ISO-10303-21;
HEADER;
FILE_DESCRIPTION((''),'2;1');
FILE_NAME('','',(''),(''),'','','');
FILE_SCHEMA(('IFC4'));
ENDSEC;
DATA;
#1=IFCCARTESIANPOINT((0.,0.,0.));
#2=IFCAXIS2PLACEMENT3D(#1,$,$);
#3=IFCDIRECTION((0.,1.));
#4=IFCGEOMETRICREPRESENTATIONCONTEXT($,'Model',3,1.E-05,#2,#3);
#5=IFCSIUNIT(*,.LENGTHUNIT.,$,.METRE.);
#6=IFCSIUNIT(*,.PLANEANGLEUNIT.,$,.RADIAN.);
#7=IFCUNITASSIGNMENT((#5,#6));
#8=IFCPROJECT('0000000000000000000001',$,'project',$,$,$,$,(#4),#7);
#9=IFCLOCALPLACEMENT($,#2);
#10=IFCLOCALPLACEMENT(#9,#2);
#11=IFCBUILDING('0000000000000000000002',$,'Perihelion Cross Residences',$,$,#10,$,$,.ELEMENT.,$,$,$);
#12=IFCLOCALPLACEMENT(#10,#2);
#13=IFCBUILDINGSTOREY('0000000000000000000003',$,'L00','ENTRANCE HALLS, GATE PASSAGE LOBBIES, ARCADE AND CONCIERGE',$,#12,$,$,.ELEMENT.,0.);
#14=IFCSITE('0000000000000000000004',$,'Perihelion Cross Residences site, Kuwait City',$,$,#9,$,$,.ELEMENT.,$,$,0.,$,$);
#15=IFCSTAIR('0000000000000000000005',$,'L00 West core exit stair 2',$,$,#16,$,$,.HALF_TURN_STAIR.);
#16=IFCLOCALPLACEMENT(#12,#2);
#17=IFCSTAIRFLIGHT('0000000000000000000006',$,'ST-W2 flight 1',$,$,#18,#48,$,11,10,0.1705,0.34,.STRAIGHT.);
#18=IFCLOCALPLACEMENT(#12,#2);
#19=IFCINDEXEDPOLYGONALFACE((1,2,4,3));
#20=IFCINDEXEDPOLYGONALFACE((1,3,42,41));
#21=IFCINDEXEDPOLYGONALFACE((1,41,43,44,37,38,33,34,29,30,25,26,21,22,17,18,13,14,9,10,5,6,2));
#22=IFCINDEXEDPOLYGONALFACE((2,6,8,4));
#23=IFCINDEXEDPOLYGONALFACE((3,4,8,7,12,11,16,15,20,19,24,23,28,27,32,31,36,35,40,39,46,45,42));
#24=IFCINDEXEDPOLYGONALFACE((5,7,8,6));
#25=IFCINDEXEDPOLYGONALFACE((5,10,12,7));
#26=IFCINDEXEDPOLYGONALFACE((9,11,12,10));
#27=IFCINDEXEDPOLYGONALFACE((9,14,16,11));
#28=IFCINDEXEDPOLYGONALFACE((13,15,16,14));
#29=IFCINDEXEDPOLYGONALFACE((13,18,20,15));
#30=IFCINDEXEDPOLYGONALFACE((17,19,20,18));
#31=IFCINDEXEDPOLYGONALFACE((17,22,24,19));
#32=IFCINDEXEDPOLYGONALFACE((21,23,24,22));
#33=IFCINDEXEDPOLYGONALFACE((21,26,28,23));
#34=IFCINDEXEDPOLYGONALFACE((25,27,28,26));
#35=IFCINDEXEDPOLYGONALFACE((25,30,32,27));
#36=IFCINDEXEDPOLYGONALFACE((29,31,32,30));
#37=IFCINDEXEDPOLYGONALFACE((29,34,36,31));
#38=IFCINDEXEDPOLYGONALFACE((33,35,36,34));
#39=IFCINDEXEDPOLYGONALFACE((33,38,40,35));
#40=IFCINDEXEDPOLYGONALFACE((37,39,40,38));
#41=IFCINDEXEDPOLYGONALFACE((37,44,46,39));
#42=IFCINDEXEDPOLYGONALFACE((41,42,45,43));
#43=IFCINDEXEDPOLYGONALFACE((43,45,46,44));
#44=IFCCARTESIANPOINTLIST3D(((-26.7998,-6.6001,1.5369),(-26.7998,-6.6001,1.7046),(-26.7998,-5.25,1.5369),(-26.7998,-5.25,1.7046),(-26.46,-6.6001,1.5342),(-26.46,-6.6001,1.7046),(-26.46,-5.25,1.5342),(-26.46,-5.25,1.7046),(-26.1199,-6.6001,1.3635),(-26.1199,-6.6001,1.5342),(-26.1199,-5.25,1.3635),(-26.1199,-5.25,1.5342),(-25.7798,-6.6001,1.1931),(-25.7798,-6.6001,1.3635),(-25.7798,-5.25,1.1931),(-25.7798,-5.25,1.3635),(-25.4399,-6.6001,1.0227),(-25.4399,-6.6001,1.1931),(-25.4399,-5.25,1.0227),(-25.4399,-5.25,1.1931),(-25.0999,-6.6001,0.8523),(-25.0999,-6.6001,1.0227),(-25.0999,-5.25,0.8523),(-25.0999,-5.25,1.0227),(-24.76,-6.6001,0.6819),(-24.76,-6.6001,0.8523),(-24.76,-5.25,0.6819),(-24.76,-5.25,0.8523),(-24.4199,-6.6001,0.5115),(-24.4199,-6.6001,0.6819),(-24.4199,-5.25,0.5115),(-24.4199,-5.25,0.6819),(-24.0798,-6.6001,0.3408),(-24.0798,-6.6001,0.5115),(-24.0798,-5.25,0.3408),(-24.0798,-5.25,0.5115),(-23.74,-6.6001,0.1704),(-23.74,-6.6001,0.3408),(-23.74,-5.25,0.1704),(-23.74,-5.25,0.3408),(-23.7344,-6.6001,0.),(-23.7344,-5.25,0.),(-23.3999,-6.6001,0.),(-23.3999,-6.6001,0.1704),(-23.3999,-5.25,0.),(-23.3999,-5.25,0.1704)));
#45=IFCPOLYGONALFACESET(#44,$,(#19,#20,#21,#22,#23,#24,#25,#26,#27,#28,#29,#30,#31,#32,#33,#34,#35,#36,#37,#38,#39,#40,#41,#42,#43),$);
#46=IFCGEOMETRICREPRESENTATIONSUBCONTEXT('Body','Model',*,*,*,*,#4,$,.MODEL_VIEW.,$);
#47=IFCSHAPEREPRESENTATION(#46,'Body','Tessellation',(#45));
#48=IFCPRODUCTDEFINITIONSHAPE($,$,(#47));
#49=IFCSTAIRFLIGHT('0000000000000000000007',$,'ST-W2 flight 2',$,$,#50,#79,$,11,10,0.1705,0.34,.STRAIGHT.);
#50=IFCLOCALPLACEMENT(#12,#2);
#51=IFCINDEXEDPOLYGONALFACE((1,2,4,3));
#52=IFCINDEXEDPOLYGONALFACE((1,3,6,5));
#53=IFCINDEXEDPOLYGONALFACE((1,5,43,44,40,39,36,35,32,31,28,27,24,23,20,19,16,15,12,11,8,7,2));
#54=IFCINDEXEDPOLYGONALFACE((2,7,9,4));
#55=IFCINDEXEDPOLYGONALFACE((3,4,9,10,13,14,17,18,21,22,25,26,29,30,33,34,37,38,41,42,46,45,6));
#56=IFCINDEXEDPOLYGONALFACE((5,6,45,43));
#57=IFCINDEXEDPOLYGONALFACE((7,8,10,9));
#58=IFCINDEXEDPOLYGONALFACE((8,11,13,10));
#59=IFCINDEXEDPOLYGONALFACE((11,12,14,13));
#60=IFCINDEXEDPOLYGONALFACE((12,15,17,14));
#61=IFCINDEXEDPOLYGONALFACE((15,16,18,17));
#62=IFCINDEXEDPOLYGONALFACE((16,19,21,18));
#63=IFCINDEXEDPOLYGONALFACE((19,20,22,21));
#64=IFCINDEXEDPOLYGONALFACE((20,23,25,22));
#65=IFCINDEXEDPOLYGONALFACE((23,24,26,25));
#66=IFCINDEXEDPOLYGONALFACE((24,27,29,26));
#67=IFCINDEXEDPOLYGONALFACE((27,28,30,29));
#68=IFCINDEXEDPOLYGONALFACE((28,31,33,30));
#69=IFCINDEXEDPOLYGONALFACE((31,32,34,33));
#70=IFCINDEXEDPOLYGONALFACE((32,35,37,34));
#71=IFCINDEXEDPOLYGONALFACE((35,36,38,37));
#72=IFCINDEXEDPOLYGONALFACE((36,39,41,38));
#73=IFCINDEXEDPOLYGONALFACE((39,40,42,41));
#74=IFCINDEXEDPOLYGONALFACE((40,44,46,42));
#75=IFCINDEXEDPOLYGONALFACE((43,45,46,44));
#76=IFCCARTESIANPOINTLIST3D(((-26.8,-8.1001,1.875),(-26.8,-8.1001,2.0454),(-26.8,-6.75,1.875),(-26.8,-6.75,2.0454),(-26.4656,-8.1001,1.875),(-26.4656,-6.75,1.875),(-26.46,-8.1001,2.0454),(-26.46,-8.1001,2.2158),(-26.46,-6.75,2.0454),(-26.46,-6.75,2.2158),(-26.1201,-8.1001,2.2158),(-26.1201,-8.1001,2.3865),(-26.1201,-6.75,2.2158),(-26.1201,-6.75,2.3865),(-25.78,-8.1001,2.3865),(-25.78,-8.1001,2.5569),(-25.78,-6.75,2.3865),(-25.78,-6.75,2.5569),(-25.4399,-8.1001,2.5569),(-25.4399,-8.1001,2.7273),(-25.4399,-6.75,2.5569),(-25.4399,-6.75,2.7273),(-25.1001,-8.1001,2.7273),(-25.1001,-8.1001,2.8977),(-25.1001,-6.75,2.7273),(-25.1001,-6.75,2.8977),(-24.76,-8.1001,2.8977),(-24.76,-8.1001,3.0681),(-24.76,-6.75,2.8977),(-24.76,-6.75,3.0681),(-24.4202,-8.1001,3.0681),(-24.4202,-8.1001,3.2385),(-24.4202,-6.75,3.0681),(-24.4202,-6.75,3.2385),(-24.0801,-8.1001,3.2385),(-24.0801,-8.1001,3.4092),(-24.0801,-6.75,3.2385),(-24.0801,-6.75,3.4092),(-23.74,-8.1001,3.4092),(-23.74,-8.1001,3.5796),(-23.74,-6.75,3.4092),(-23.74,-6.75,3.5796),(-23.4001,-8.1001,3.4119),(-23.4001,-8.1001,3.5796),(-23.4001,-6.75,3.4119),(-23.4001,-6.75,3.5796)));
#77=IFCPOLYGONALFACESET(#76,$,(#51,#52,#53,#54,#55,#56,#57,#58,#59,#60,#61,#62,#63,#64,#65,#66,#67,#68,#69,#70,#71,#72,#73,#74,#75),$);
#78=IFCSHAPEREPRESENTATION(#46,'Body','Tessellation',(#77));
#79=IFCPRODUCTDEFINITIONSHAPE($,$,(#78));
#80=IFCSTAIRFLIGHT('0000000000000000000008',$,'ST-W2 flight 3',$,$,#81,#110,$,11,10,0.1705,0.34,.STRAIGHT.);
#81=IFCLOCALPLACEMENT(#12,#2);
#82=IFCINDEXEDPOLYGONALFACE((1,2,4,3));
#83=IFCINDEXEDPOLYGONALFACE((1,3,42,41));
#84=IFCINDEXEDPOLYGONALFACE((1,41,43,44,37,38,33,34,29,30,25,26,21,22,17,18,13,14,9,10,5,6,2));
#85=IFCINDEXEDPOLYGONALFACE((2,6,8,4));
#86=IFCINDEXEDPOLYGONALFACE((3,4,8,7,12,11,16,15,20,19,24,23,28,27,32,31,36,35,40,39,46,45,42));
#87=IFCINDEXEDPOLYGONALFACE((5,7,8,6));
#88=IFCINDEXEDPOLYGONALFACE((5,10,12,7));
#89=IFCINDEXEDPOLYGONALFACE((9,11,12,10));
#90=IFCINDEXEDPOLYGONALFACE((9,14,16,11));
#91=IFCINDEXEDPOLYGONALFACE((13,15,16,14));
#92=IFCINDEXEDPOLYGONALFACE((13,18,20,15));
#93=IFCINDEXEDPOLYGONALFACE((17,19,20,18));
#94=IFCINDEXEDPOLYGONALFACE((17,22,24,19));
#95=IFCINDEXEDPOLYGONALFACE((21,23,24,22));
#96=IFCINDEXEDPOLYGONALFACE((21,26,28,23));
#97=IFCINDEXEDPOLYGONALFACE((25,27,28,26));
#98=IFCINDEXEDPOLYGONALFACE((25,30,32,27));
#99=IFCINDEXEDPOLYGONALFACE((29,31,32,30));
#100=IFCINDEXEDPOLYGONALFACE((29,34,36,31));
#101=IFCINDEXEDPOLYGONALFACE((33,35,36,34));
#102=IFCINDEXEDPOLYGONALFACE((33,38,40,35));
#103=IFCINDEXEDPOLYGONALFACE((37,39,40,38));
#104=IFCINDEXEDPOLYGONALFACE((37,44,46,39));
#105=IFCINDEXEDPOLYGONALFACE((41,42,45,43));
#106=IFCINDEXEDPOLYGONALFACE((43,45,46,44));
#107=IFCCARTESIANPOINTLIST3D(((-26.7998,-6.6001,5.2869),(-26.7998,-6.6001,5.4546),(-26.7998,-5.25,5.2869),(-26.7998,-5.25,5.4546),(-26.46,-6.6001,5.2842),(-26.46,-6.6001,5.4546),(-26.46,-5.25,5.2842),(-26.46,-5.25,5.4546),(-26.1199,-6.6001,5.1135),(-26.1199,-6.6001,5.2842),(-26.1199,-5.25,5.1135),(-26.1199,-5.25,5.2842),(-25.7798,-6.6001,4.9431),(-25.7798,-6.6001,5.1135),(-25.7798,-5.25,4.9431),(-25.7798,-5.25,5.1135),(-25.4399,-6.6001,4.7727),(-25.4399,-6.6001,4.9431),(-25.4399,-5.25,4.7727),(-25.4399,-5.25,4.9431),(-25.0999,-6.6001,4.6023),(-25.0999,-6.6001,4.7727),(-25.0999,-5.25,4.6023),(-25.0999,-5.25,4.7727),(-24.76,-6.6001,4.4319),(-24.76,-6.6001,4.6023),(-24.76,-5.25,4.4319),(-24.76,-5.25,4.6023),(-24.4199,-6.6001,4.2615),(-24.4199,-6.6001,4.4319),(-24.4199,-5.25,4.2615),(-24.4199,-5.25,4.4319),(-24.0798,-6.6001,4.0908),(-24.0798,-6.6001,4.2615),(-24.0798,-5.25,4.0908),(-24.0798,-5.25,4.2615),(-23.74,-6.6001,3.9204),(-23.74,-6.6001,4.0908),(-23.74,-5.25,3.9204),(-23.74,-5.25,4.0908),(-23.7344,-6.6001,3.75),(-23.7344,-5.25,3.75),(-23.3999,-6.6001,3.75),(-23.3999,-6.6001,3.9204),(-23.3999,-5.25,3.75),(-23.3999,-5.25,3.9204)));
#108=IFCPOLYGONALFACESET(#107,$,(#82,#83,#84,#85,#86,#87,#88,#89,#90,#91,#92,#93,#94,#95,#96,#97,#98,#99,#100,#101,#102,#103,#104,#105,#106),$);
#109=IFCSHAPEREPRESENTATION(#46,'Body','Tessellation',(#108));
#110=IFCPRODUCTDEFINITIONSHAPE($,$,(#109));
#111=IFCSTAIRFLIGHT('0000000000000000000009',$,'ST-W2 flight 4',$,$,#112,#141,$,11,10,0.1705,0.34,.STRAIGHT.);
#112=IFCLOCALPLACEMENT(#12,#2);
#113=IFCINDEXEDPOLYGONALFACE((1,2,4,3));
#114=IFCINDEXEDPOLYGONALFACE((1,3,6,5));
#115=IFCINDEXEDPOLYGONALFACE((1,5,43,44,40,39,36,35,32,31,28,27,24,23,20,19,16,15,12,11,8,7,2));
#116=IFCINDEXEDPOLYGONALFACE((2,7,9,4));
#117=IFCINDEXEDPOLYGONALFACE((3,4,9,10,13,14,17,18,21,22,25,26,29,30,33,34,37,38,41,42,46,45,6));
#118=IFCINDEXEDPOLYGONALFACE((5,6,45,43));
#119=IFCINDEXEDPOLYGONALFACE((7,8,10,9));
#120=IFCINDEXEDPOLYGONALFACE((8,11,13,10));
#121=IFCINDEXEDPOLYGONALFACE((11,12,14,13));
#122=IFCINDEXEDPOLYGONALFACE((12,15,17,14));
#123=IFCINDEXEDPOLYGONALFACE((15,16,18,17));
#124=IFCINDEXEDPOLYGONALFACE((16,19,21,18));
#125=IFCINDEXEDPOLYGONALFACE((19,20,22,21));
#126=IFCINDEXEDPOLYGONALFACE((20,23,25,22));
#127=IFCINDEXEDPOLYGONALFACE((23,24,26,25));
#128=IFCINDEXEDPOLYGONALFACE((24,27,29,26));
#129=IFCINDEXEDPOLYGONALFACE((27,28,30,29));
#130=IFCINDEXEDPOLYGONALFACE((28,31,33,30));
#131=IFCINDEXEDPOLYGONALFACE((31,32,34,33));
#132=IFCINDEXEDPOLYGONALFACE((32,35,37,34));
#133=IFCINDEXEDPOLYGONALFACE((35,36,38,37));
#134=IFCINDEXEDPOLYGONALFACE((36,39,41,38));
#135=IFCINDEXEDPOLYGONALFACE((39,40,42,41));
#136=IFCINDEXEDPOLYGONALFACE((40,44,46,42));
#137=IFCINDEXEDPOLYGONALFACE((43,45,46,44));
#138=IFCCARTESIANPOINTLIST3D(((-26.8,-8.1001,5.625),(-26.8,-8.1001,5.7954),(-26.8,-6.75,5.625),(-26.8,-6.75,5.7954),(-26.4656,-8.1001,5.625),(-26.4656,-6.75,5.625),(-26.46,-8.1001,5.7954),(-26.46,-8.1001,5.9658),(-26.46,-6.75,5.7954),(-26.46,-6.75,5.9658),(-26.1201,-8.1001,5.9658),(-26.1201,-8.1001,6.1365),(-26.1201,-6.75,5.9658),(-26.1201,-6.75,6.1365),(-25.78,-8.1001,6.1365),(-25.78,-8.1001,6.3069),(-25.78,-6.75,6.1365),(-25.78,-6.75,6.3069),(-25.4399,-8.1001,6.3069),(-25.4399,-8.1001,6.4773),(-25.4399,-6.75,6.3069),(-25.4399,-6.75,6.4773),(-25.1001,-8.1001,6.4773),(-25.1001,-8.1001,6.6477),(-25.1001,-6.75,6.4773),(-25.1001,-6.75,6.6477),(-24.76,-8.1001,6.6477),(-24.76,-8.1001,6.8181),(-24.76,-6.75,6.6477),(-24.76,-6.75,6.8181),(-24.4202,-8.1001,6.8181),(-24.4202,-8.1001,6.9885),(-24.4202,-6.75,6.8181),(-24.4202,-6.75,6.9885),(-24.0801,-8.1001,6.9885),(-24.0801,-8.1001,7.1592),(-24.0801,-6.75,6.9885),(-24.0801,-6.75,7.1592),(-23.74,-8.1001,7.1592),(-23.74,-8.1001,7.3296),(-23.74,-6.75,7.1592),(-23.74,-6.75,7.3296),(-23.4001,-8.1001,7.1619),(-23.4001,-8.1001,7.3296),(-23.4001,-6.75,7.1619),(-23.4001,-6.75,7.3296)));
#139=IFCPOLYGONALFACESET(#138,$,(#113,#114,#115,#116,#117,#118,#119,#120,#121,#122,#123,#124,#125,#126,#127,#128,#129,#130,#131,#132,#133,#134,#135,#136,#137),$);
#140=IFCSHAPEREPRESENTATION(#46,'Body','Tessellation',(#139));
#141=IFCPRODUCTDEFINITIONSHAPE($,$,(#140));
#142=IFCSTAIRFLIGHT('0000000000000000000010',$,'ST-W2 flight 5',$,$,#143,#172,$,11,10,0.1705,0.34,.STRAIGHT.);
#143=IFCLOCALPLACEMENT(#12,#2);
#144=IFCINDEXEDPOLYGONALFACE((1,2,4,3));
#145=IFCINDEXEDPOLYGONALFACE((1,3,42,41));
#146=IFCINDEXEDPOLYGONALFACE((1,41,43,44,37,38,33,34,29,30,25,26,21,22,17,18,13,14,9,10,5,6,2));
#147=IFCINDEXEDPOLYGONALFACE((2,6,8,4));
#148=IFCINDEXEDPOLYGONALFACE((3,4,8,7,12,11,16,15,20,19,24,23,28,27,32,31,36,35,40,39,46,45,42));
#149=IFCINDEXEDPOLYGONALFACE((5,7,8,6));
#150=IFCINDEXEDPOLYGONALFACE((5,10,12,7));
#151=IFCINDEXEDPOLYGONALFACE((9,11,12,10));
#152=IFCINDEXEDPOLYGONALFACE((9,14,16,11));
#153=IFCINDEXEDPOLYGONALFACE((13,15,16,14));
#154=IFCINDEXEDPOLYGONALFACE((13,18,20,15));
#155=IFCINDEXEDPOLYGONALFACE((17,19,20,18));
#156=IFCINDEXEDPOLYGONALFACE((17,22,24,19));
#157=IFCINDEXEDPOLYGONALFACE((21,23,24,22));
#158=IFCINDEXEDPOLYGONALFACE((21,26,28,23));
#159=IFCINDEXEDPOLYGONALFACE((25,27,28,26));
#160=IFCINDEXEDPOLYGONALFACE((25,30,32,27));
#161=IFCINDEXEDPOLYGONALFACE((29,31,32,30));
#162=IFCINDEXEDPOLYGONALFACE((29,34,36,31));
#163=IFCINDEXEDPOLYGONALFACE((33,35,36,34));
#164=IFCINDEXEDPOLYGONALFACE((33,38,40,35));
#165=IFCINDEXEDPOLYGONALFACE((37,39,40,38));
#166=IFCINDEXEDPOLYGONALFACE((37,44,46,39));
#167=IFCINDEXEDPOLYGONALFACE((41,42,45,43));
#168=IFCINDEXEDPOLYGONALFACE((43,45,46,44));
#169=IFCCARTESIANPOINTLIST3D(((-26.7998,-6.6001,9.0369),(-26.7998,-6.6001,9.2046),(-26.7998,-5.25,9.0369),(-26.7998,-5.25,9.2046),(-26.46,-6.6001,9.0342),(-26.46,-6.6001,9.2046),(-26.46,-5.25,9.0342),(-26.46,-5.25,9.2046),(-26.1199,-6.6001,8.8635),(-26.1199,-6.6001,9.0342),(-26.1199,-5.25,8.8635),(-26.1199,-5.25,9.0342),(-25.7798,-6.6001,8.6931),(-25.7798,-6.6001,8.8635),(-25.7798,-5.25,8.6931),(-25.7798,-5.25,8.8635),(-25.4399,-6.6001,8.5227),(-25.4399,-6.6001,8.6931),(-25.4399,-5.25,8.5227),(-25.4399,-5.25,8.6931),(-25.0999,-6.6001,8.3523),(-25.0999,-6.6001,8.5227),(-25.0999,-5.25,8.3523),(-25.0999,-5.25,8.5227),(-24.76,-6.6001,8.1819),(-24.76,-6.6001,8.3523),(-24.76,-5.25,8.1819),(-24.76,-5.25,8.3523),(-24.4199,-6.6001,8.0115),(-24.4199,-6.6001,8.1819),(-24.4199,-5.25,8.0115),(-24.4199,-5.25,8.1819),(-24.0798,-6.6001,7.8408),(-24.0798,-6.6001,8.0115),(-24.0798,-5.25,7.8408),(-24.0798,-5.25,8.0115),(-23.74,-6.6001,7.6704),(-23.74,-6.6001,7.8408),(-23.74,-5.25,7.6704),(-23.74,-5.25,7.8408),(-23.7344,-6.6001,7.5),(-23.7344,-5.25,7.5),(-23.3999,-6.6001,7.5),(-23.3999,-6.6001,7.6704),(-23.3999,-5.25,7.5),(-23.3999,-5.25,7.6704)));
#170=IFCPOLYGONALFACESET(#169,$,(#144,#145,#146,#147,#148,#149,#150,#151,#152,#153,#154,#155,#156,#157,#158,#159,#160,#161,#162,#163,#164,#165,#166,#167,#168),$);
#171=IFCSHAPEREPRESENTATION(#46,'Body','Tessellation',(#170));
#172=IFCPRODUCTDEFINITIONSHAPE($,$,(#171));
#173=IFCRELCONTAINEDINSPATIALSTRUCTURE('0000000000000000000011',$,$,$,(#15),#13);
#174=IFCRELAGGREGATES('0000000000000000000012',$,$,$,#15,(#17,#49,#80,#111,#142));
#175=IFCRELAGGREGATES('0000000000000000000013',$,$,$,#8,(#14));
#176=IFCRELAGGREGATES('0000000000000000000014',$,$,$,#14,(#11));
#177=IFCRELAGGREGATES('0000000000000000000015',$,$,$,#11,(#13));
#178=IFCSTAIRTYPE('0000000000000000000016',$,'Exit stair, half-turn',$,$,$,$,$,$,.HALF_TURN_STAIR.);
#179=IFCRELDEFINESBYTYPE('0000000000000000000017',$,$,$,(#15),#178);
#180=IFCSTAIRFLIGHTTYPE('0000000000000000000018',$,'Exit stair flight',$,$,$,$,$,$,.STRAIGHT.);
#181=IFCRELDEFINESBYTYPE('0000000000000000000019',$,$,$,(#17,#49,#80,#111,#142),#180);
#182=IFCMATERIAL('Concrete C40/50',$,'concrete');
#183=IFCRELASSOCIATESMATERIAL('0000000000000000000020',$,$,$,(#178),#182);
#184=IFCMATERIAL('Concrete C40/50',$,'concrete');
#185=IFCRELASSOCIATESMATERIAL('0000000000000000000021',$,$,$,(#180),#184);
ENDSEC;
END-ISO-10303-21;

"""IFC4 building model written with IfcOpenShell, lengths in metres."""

from ifc_helpers import new_model, si_unit, direction, frame, origin, place, context, subcontext, project, spatial, polyline, outline, extrude, material, type_object, element, aggregate, save


model = new_model("IFC4")

# Units and contexts
model_context = context("Model", 3, precision=1e-05, world=origin(), true_north=direction((0.0, 1.0)))
body_context = subcontext(model_context, "Body", "Model", "MODEL_VIEW")
ifc_project = project(units=[si_unit("LENGTHUNIT", "METRE"), si_unit("PLANEANGLEUNIT", "RADIAN")], contexts=[model_context])

# Site, building, storey
site_placement = place(None, origin())
site = spatial("IfcSite", under=ifc_project, at=site_placement, Name="Perihelion Cross Residences site, Kuwait City", CompositionType="ELEMENT", RefElevation=0.0)
building_placement = place(site_placement, origin())
building = spatial("IfcBuilding", under=site, at=building_placement, Name="Perihelion Cross Residences", CompositionType="ELEMENT")
storey_placement = place(building_placement, origin())
storey = spatial("IfcBuildingStorey", under=building, at=storey_placement, Name="L00", Description="ENTRANCE HALLS, GATE PASSAGE LOBBIES, ARCADE AND CONCIERGE", CompositionType="ELEMENT", Elevation=0.0)

# Stair, stair flights
ifc_material_1 = material(Name="Concrete C40/50", Category="concrete")
stair_type = type_object("IfcStairType", Name="Exit stair, half-turn", PredefinedType="HALF_TURN_STAIR", material=ifc_material_1)
stair_placement = place(storey_placement, origin())
stair = element("IfcStair", 1, at=stair_placement, inside=storey, type_object=stair_type, Name="L00 West core exit stair 2", PredefinedType="HALF_TURN_STAIR")
ifc_material_2 = material(Name="Concrete C40/50", Category="concrete")
stair_flight_type = type_object("IfcStairFlightType", Name="Exit stair flight", PredefinedType="STRAIGHT", material=ifc_material_2)
stair_flight_1_placement = place(storey_placement, frame((-23.3999, -5.925, 0.0), z_axis=(0.0, 0.0, 1.0), x_axis=(-1.0, 0.0, 0.0)))
stair_flight_1 = element("IfcStairFlight", 2, at=stair_flight_1_placement, type_object=stair_flight_type, Name="ST-W2 flight 1", NumberOfRisers=11, NumberOfTreads=10, PredefinedType="STRAIGHT", RiserHeight=0.1705, TreadLength=0.34, context=body_context, shape_type="SweptSolid", body=[
    extrude(outline(polyline([(0.0, 0.0), (0.0, 0.1704), (0.3401, 0.1704), (0.3401, 0.3408), (0.6799, 0.3408), (0.6799, 0.5115), (1.02, 0.5115), (1.02, 0.6819), (1.3601, 0.6819), (1.3601, 0.8523), (1.7, 0.8523), (1.7, 1.0227), (2.04, 1.0227), (2.04, 1.1931), (2.3799, 1.1931), (2.3799, 1.3635), (2.72, 1.3635), (2.72, 1.5342), (3.0601, 1.5342), (3.0601, 1.7046), (3.3999, 1.7046), (3.3999, 1.875), (3.3999, 1.5369), (0.3345, 0.0), (0.0, 0.0)])), frame((0.0, 0.675, 0.0), z_axis=(0.0, -1.0, 0.0), x_axis=(1.0, 0.0, 0.0)), (0.0, 0.0, 1.0), 1.3501),
])
stair_flight_2_placement = place(storey_placement, frame((-26.8, -7.425, 1.875), z_axis=(0.0, 0.0, 1.0), x_axis=(1.0, 0.0, 0.0)))
stair_flight_2 = element("IfcStairFlight", 3, at=stair_flight_2_placement, type_object=stair_flight_type, Name="ST-W2 flight 2", NumberOfRisers=11, NumberOfTreads=10, PredefinedType="STRAIGHT", RiserHeight=0.1705, TreadLength=0.34, context=body_context, shape_type="SweptSolid", body=[
    extrude(outline(polyline([(0.0, 0.0), (0.0, 0.1704), (0.3401, 0.1704), (0.3401, 0.3408), (0.6799, 0.3408), (0.6799, 0.5115), (1.02, 0.5115), (1.02, 0.6819), (1.3601, 0.6819), (1.3601, 0.8523), (1.7, 0.8523), (1.7, 1.0227), (2.04, 1.0227), (2.04, 1.1931), (2.3799, 1.1931), (2.3799, 1.3635), (2.72, 1.3635), (2.72, 1.5342), (3.0601, 1.5342), (3.0601, 1.7046), (3.3999, 1.7046), (3.3999, 1.875), (3.3999, 1.5369), (0.3345, 0.0), (0.0, 0.0)])), frame((0.0, 0.675, 0.0), z_axis=(0.0, -1.0, 0.0), x_axis=(1.0, 0.0, 0.0)), (0.0, 0.0, 1.0), 1.3501),
])
stair_flight_3_placement = place(storey_placement, frame((-23.3999, -5.925, 3.75), z_axis=(0.0, 0.0, 1.0), x_axis=(-1.0, 0.0, 0.0)))
stair_flight_3 = element("IfcStairFlight", 4, at=stair_flight_3_placement, type_object=stair_flight_type, Name="ST-W2 flight 3", NumberOfRisers=11, NumberOfTreads=10, PredefinedType="STRAIGHT", RiserHeight=0.1705, TreadLength=0.34, context=body_context, shape_type="SweptSolid", body=[
    extrude(outline(polyline([(0.0, 0.0), (0.0, 0.1704), (0.3401, 0.1704), (0.3401, 0.3408), (0.6799, 0.3408), (0.6799, 0.5115), (1.02, 0.5115), (1.02, 0.6819), (1.3601, 0.6819), (1.3601, 0.8523), (1.7, 0.8523), (1.7, 1.0227), (2.04, 1.0227), (2.04, 1.1931), (2.3799, 1.1931), (2.3799, 1.3635), (2.72, 1.3635), (2.72, 1.5342), (3.0601, 1.5342), (3.0601, 1.7046), (3.3999, 1.7046), (3.3999, 1.875), (3.3999, 1.5369), (0.3345, 0.0), (0.0, 0.0)])), frame((0.0, 0.675, 0.0), z_axis=(0.0, -1.0, 0.0), x_axis=(1.0, 0.0, 0.0)), (0.0, 0.0, 1.0), 1.3501),
])
stair_flight_4_placement = place(storey_placement, frame((-26.8, -7.425, 5.625), z_axis=(0.0, 0.0, 1.0), x_axis=(1.0, 0.0, 0.0)))
stair_flight_4 = element("IfcStairFlight", 5, at=stair_flight_4_placement, type_object=stair_flight_type, Name="ST-W2 flight 4", NumberOfRisers=11, NumberOfTreads=10, PredefinedType="STRAIGHT", RiserHeight=0.1705, TreadLength=0.34, context=body_context, shape_type="SweptSolid", body=[
    extrude(outline(polyline([(0.0, 0.0), (0.0, 0.1704), (0.3401, 0.1704), (0.3401, 0.3408), (0.6799, 0.3408), (0.6799, 0.5115), (1.02, 0.5115), (1.02, 0.6819), (1.3601, 0.6819), (1.3601, 0.8523), (1.7, 0.8523), (1.7, 1.0227), (2.04, 1.0227), (2.04, 1.1931), (2.3799, 1.1931), (2.3799, 1.3635), (2.72, 1.3635), (2.72, 1.5342), (3.0601, 1.5342), (3.0601, 1.7046), (3.3999, 1.7046), (3.3999, 1.875), (3.3999, 1.5369), (0.3345, 0.0), (0.0, 0.0)])), frame((0.0, 0.675, 0.0), z_axis=(0.0, -1.0, 0.0), x_axis=(1.0, 0.0, 0.0)), (0.0, 0.0, 1.0), 1.3501),
])
stair_flight_5_placement = place(storey_placement, frame((-23.3999, -5.925, 7.5), z_axis=(0.0, 0.0, 1.0), x_axis=(-1.0, 0.0, 0.0)))
stair_flight_5 = element("IfcStairFlight", 6, at=stair_flight_5_placement, type_object=stair_flight_type, Name="ST-W2 flight 5", NumberOfRisers=11, NumberOfTreads=10, PredefinedType="STRAIGHT", RiserHeight=0.1705, TreadLength=0.34, context=body_context, shape_type="SweptSolid", body=[
    extrude(outline(polyline([(0.0, 0.0), (0.0, 0.1704), (0.3401, 0.1704), (0.3401, 0.3408), (0.6799, 0.3408), (0.6799, 0.5115), (1.02, 0.5115), (1.02, 0.6819), (1.3601, 0.6819), (1.3601, 0.8523), (1.7, 0.8523), (1.7, 1.0227), (2.04, 1.0227), (2.04, 1.1931), (2.3799, 1.1931), (2.3799, 1.3635), (2.72, 1.3635), (2.72, 1.5342), (3.0601, 1.5342), (3.0601, 1.7046), (3.3999, 1.7046), (3.3999, 1.875), (3.3999, 1.5369), (0.3345, 0.0), (0.0, 0.0)])), frame((0.0, 0.675, 0.0), z_axis=(0.0, -1.0, 0.0), x_axis=(1.0, 0.0, 0.0)), (0.0, 0.0, 1.0), 1.3501),
])
aggregate(stair, [stair_flight_1, stair_flight_2, stair_flight_3, stair_flight_4, stair_flight_5])

save(model, "model.ifc")
